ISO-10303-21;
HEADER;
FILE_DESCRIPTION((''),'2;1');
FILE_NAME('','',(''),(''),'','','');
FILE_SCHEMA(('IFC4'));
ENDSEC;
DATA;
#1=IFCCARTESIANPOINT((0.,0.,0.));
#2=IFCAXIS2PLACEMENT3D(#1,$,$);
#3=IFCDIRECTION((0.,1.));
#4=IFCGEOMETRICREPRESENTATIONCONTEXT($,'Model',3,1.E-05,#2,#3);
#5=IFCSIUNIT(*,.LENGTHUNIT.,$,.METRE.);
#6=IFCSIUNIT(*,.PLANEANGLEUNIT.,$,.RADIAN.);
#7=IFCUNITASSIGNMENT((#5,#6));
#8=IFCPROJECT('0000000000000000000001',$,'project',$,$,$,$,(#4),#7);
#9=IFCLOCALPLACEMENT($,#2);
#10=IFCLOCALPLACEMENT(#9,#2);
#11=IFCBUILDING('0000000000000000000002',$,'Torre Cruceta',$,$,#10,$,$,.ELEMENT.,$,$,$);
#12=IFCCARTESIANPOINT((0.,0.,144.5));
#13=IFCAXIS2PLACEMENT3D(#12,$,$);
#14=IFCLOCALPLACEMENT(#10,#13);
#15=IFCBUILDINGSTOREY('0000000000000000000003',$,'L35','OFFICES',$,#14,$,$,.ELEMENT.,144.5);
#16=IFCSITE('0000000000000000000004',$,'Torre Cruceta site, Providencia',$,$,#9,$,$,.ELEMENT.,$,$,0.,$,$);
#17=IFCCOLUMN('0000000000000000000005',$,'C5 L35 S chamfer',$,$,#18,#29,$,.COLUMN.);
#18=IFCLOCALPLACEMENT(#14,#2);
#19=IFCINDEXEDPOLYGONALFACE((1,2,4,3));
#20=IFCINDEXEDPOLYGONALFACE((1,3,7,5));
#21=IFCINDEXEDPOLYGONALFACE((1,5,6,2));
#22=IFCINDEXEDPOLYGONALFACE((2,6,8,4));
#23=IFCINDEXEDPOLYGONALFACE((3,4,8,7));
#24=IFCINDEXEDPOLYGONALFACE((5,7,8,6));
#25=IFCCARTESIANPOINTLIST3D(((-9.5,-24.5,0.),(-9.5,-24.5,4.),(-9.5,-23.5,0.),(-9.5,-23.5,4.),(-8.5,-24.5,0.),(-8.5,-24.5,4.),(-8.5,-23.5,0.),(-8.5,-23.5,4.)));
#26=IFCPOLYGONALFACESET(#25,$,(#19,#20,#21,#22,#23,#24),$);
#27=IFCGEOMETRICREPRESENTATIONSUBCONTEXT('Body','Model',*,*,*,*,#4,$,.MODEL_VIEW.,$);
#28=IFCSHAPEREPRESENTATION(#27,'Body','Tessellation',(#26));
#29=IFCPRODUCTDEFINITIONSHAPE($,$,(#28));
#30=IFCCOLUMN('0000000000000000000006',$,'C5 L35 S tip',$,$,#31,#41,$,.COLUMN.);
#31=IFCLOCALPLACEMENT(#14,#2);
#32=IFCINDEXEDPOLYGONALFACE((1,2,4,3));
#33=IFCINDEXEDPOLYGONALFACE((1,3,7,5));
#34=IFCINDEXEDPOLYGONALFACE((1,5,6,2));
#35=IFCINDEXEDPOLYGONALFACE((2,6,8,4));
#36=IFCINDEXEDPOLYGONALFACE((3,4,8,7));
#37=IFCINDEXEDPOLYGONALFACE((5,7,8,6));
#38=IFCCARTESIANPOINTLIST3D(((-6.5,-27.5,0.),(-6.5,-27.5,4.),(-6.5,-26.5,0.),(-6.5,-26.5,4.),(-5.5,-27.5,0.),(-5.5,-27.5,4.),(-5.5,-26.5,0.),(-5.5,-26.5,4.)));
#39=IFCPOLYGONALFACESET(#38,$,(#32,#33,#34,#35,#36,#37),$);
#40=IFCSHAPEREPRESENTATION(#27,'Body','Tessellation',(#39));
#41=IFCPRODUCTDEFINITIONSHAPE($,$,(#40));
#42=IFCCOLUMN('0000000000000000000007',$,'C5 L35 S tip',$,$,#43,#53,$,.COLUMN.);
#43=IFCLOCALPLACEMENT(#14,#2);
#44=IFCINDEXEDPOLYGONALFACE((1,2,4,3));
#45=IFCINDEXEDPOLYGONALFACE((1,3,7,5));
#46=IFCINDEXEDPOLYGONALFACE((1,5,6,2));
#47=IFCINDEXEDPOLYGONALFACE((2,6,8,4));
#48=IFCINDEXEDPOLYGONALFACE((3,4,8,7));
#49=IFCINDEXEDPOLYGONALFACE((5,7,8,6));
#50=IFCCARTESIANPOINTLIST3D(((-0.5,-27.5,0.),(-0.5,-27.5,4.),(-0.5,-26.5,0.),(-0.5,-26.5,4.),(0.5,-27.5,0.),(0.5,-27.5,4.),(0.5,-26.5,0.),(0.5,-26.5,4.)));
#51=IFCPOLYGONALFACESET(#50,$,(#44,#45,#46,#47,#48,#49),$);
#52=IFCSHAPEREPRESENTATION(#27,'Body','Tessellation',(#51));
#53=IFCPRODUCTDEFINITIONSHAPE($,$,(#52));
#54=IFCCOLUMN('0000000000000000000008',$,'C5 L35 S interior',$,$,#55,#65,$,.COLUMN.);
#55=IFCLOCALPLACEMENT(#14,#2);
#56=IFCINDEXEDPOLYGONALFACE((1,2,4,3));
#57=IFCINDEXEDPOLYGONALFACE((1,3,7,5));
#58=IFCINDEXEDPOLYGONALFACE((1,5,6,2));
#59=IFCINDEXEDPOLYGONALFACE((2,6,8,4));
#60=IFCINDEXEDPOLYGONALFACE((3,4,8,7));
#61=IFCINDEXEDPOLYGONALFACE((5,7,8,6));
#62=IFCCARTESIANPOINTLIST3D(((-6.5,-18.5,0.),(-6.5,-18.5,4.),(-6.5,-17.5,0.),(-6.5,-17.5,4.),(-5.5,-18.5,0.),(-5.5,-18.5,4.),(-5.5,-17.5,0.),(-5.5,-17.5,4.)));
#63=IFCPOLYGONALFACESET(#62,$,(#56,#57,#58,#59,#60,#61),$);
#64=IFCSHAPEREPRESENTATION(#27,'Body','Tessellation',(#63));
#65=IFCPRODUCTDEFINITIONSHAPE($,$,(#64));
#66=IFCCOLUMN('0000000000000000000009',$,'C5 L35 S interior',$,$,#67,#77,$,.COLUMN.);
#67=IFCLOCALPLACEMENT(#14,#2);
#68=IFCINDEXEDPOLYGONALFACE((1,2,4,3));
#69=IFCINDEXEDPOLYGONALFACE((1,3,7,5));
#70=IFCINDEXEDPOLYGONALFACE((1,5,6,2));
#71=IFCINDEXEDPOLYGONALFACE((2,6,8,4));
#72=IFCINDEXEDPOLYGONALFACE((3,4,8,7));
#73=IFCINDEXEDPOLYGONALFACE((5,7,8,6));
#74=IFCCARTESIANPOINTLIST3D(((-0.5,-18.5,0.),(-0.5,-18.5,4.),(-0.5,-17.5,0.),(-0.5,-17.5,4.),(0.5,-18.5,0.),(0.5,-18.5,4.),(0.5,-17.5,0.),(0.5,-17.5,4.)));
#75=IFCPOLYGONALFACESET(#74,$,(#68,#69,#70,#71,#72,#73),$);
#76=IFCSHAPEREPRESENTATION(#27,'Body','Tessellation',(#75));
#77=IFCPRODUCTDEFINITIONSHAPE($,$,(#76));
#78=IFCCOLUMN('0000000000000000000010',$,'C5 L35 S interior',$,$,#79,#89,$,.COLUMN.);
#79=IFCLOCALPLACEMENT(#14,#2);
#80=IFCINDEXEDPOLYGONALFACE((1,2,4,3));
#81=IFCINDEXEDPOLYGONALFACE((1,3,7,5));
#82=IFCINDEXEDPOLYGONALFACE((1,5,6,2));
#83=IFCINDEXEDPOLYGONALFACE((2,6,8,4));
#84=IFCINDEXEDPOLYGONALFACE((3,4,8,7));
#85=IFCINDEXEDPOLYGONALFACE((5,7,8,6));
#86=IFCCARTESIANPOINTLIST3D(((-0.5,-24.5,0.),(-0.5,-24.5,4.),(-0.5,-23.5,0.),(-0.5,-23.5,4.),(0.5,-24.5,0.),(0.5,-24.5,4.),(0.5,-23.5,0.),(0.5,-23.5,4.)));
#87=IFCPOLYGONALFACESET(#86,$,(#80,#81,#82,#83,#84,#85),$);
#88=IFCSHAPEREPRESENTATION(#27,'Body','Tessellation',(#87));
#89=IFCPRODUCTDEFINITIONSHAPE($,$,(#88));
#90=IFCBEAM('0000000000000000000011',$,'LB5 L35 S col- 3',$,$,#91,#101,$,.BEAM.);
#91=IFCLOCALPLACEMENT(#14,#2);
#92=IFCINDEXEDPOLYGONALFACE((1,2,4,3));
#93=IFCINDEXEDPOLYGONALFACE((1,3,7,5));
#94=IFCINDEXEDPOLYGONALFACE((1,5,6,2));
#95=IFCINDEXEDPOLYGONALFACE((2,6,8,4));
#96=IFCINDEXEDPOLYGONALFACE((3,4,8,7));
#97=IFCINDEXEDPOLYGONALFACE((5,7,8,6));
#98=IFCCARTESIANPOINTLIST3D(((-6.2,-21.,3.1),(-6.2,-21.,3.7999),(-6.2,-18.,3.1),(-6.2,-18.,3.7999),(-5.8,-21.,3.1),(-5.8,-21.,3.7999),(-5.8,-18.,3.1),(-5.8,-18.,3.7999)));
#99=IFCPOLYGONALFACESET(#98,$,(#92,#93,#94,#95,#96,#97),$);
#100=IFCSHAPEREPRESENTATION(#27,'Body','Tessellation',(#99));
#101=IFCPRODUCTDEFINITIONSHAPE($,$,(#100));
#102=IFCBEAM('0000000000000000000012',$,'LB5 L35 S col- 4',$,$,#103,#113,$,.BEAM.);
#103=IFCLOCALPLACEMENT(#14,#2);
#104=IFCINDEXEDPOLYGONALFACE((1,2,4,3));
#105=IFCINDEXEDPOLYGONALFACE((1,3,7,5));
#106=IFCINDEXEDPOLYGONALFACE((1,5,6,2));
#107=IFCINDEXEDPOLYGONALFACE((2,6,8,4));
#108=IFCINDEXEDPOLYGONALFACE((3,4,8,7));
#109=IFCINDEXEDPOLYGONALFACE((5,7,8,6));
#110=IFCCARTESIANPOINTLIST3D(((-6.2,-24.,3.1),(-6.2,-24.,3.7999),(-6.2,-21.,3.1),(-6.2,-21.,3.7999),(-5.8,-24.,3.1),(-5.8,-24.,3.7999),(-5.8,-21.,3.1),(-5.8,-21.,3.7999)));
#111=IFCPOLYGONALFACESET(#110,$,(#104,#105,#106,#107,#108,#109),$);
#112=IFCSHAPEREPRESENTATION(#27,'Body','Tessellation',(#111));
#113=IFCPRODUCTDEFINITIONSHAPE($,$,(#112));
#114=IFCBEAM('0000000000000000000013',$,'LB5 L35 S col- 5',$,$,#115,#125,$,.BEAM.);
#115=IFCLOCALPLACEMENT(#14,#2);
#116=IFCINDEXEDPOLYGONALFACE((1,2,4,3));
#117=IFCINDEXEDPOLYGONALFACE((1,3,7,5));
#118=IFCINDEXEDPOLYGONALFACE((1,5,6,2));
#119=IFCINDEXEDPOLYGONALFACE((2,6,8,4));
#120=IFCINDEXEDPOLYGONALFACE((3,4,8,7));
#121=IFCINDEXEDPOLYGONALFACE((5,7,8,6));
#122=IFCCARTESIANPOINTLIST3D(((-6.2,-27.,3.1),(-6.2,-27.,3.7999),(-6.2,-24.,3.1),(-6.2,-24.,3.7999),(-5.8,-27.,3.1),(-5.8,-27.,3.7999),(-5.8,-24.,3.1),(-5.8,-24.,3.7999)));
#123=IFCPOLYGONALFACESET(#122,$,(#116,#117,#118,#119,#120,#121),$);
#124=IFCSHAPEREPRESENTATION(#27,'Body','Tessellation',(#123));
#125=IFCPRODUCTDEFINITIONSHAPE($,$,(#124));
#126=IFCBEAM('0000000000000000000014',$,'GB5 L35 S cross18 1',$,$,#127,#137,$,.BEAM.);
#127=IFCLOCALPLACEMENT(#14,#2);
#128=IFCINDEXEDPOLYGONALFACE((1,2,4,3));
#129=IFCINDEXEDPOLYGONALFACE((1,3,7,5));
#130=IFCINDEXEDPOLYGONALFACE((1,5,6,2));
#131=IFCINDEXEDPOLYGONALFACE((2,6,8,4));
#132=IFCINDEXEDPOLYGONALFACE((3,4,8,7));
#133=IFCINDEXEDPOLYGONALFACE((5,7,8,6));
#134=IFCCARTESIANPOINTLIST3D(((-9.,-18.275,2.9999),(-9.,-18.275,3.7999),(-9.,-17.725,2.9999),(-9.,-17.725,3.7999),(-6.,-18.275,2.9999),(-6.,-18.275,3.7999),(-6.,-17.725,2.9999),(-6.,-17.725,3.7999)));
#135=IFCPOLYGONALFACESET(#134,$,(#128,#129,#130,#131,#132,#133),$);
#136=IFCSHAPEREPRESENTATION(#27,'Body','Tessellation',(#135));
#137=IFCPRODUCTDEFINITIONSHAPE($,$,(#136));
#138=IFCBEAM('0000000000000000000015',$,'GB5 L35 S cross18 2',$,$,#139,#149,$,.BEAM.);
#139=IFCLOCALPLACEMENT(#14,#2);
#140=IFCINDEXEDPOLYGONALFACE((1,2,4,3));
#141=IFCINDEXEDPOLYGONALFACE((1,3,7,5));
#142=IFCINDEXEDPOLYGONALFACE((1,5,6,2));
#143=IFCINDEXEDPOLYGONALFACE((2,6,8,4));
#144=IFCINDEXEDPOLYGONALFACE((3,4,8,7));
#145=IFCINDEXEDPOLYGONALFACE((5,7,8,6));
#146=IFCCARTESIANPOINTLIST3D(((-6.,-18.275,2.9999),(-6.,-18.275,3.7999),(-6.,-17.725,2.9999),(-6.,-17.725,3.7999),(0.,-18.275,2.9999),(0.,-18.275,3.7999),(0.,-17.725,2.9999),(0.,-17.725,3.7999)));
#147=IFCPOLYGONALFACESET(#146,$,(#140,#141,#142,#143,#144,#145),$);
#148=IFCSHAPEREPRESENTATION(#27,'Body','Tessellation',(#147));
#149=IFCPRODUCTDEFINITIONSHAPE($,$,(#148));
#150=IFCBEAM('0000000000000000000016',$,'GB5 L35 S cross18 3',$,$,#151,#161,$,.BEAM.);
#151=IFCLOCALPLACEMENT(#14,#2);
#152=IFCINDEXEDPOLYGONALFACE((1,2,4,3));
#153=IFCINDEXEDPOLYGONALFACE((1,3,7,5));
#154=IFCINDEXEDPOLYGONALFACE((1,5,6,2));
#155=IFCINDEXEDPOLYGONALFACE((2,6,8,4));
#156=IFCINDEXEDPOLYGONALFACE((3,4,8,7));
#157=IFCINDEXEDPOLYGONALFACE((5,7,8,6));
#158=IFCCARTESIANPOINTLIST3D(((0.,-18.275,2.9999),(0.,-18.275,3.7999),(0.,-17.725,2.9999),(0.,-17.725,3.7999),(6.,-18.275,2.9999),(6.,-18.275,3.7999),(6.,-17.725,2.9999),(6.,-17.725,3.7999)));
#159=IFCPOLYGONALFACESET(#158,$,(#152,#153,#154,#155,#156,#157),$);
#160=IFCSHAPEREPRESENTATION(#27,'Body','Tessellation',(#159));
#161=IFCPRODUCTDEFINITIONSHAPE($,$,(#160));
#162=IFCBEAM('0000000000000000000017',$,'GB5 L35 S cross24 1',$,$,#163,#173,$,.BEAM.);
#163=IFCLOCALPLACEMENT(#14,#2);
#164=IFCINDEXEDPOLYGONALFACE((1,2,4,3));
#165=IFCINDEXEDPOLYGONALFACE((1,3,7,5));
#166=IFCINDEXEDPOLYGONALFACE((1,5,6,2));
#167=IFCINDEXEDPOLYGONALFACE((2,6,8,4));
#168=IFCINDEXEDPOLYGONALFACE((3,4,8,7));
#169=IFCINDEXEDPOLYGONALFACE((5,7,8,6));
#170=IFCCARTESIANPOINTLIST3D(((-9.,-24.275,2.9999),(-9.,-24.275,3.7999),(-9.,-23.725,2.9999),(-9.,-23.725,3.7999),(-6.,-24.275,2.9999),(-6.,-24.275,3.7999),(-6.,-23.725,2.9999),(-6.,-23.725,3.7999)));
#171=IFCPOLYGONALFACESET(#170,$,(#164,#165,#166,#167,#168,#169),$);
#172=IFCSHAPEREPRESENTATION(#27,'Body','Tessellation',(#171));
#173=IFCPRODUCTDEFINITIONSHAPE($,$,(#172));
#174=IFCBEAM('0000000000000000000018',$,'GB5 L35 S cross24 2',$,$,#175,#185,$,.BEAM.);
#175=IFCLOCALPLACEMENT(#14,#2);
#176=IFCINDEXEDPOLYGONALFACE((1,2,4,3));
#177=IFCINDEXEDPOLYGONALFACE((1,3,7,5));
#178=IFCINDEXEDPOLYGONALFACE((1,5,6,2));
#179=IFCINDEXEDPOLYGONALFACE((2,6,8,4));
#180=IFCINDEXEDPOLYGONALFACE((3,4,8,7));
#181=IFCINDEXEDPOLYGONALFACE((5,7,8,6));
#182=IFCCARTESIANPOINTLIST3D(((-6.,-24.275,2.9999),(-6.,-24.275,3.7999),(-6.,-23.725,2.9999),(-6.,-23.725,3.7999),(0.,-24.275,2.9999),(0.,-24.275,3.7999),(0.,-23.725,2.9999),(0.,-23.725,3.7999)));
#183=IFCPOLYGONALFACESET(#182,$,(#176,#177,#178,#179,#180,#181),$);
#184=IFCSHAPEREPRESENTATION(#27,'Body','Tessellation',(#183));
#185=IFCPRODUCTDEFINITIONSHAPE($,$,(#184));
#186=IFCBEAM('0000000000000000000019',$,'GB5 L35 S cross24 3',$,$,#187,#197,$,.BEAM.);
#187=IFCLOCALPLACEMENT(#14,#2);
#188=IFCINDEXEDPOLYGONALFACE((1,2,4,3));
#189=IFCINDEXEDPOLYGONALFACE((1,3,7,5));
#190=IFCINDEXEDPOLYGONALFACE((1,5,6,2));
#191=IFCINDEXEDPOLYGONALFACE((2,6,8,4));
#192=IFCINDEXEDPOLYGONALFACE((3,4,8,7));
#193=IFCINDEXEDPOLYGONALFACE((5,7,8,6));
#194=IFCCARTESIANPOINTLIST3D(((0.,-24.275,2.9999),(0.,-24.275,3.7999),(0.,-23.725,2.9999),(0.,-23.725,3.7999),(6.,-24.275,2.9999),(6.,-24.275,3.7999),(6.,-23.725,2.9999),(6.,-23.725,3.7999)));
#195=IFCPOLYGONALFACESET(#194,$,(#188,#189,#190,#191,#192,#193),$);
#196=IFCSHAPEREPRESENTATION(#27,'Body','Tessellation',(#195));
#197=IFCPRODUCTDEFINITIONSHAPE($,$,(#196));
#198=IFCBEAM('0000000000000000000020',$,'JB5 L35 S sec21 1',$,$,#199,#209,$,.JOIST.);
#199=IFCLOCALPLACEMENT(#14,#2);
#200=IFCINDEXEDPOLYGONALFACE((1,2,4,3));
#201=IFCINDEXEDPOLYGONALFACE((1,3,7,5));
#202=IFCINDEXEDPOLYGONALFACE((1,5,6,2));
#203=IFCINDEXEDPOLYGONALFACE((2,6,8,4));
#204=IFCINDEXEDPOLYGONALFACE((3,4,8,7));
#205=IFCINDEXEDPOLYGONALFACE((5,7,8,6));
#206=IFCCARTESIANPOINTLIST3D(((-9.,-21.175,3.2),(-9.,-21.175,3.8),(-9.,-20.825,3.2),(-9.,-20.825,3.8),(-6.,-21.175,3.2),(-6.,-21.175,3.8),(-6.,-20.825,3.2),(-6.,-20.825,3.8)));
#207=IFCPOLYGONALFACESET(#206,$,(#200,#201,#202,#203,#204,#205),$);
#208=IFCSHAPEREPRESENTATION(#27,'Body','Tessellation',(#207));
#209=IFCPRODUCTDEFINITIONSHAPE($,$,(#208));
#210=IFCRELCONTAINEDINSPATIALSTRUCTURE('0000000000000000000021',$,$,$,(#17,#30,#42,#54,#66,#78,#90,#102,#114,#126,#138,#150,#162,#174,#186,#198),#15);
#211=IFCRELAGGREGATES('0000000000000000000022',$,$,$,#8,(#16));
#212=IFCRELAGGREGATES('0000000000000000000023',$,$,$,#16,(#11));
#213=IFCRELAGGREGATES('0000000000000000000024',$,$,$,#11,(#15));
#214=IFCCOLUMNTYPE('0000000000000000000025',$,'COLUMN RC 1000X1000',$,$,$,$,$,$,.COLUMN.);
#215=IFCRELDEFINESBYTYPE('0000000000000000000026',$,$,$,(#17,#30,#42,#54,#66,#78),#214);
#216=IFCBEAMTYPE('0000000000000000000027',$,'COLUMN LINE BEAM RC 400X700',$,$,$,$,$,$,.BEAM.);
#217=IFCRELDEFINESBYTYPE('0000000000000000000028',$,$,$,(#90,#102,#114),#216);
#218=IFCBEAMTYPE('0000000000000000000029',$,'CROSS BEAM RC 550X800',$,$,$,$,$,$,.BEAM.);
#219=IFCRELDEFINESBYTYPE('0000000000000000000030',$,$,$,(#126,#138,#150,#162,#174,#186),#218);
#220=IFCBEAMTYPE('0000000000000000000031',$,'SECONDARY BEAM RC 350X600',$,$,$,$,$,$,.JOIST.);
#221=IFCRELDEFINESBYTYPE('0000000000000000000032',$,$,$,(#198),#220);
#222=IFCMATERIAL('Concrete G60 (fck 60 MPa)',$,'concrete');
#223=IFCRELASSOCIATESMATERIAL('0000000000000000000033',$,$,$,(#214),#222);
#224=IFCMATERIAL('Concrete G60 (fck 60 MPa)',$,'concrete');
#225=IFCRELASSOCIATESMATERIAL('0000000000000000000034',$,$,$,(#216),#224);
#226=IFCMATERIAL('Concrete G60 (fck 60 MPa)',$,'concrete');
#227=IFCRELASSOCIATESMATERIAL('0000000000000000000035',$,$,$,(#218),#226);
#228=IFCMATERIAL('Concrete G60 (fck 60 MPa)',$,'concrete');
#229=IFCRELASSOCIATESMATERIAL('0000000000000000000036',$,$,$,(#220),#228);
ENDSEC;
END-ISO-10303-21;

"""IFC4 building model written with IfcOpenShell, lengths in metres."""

from ifc_helpers import new_model, si_unit, direction, frame, origin, origin_2d, place, context, subcontext, project, spatial, rectangle, extrude, material, material_profile, profile_set, type_object, element, save


model = new_model("IFC4")

# Units and contexts
model_context = context("Model", 3, precision=1e-05, world=origin(), true_north=direction((0.0, 1.0)))
body_context = subcontext(model_context, "Body", "Model", "MODEL_VIEW")
ifc_project = project(units=[si_unit("LENGTHUNIT", "METRE"), si_unit("PLANEANGLEUNIT", "RADIAN")], contexts=[model_context])

# Site, building, storey
site_placement = place(None, origin())
site = spatial("IfcSite", under=ifc_project, at=site_placement, Name="Torre Cruceta site, Providencia", CompositionType="ELEMENT", RefElevation=0.0)
building_placement = place(site_placement, origin())
building = spatial("IfcBuilding", under=site, at=building_placement, Name="Torre Cruceta", CompositionType="ELEMENT")
storey_placement = place(building_placement, frame((0.0, 0.0, 144.5)))
storey = spatial("IfcBuildingStorey", under=building, at=storey_placement, Name="L35", Description="OFFICES", CompositionType="ELEMENT", Elevation=144.5)

# Columns
ifc_material_1 = material(Name="Concrete G60 (fck 60 MPa)", Category="concrete")
ifc_material_profile_1 = material_profile(ifc_material_1, rectangle(XDim=1.0, YDim=1.0, at=origin_2d()), Name="RC 1000X1000")
ifc_profile_set_1 = profile_set([ifc_material_profile_1], Name="Concrete G60 (fck 60 MPa)")
column_type = type_object("IfcColumnType", Name="COLUMN RC 1000X1000", PredefinedType="COLUMN", material=ifc_profile_set_1)
for number, where, z_axis, x_axis, name in (
    (1, (-9.0, -24.0, 0.0), (0.0, 0.0, 1.0), (1.0, 0.0, 0.0), "C5 L35 S chamfer"),
    (2, (-6.0, -27.0, 0.0), (0.0, 0.0, 1.0), (1.0, 0.0, 0.0), "C5 L35 S tip"),
    (3, (0.0, -27.0, 0.0), (0.0, 0.0, 1.0), (1.0, 0.0, 0.0), "C5 L35 S tip"),
    (4, (-6.0, -18.0, 0.0), (0.0, 0.0, 1.0), (1.0, 0.0, 0.0), "C5 L35 S interior"),
    (5, (0.0, -18.0, 0.0), (0.0, 0.0, 1.0), (1.0, 0.0, 0.0), "C5 L35 S interior"),
    (6, (0.0, -24.0, 0.0), (0.0, 0.0, 1.0), (1.0, 0.0, 0.0), "C5 L35 S interior"),
):
    element("IfcColumn", number, at=place(storey_placement, frame(where, z_axis=z_axis, x_axis=x_axis)), inside=storey, type_object=column_type, Name=name, PredefinedType="COLUMN", context=body_context, shape_type="SweptSolid", body=[
        extrude(rectangle(XDim=1.0, YDim=1.0, at=origin_2d()), origin(), (0.0, 0.0, 1.0), 4.0),
    ])

# Beams
ifc_material_2 = material(Name="Concrete G60 (fck 60 MPa)", Category="concrete")
ifc_material_profile_2 = material_profile(ifc_material_2, rectangle(XDim=0.3999, YDim=0.7, at=origin_2d()), Name="RC 400X700")
ifc_profile_set_2 = profile_set([ifc_material_profile_2], Name="Concrete G60 (fck 60 MPa)")
beam_type_1 = type_object("IfcBeamType", Name="COLUMN LINE BEAM RC 400X700", PredefinedType="BEAM", material=ifc_profile_set_2)
for number, where, z_axis, x_axis, name in (
    (7, (-6.0, -18.0, 3.45), (0.0, -1.0, 0.0), (1.0, 0.0, 0.0), "LB5 L35 S col- 3"),
    (8, (-6.0, -21.0, 3.45), (0.0, -1.0, 0.0), (1.0, 0.0, 0.0), "LB5 L35 S col- 4"),
    (9, (-6.0, -24.0, 3.45), (0.0, -1.0, 0.0), (1.0, 0.0, 0.0), "LB5 L35 S col- 5"),
):
    element("IfcBeam", number, at=place(storey_placement, frame(where, z_axis=z_axis, x_axis=x_axis)), inside=storey, type_object=beam_type_1, Name=name, PredefinedType="BEAM", context=body_context, shape_type="SweptSolid", body=[
        extrude(rectangle(XDim=0.3999, YDim=0.7, at=origin_2d()), origin(), (0.0, 0.0, 1.0), 3.0),
    ])
ifc_material_3 = material(Name="Concrete G60 (fck 60 MPa)", Category="concrete")
ifc_material_profile_3 = material_profile(ifc_material_3, rectangle(XDim=0.55, YDim=0.8, at=origin_2d()), Name="RC 550X800")
ifc_profile_set_3 = profile_set([ifc_material_profile_3], Name="Concrete G60 (fck 60 MPa)")
beam_type_2 = type_object("IfcBeamType", Name="CROSS BEAM RC 550X800", PredefinedType="BEAM", material=ifc_profile_set_3)
beam_1_placement = place(storey_placement, frame((-9.0, -18.0, 3.3999), z_axis=(1.0, 0.0, 0.0), x_axis=(0.0, 1.0, 0.0)))
element("IfcBeam", 10, at=beam_1_placement, inside=storey, type_object=beam_type_2, Name="GB5 L35 S cross18 1", PredefinedType="BEAM", context=body_context, shape_type="SweptSolid", body=[
    extrude(rectangle(XDim=0.55, YDim=0.8, at=origin_2d()), origin(), (0.0, 0.0, 1.0), 3.0),
])
for number, where, z_axis, x_axis, name in (
    (11, (-6.0, -18.0, 3.3999), (1.0, 0.0, 0.0), (0.0, 1.0, 0.0), "GB5 L35 S cross18 2"),
    (12, (0.0, -18.0, 3.3999), (1.0, 0.0, 0.0), (0.0, 1.0, 0.0), "GB5 L35 S cross18 3"),
):
    element("IfcBeam", number, at=place(storey_placement, frame(where, z_axis=z_axis, x_axis=x_axis)), inside=storey, type_object=beam_type_2, Name=name, PredefinedType="BEAM", context=body_context, shape_type="SweptSolid", body=[
        extrude(rectangle(XDim=0.55, YDim=0.8, at=origin_2d()), origin(), (0.0, 0.0, 1.0), 6.0),
    ])
beam_2_placement = place(storey_placement, frame((-9.0, -24.0, 3.3999), z_axis=(1.0, 0.0, 0.0), x_axis=(0.0, 1.0, 0.0)))
element("IfcBeam", 13, at=beam_2_placement, inside=storey, type_object=beam_type_2, Name="GB5 L35 S cross24 1", PredefinedType="BEAM", context=body_context, shape_type="SweptSolid", body=[
    extrude(rectangle(XDim=0.55, YDim=0.8, at=origin_2d()), origin(), (0.0, 0.0, 1.0), 3.0),
])
for number, where, z_axis, x_axis, name in (
    (14, (-6.0, -24.0, 3.3999), (1.0, 0.0, 0.0), (0.0, 1.0, 0.0), "GB5 L35 S cross24 2"),
    (15, (0.0, -24.0, 3.3999), (1.0, 0.0, 0.0), (0.0, 1.0, 0.0), "GB5 L35 S cross24 3"),
):
    element("IfcBeam", number, at=place(storey_placement, frame(where, z_axis=z_axis, x_axis=x_axis)), inside=storey, type_object=beam_type_2, Name=name, PredefinedType="BEAM", context=body_context, shape_type="SweptSolid", body=[
        extrude(rectangle(XDim=0.55, YDim=0.8, at=origin_2d()), origin(), (0.0, 0.0, 1.0), 6.0),
    ])
ifc_material_4 = material(Name="Concrete G60 (fck 60 MPa)", Category="concrete")
ifc_material_profile_4 = material_profile(ifc_material_4, rectangle(XDim=0.3501, YDim=0.6001, at=origin_2d()), Name="RC 350X600")
ifc_profile_set_4 = profile_set([ifc_material_profile_4], Name="Concrete G60 (fck 60 MPa)")
beam_type_3 = type_object("IfcBeamType", Name="SECONDARY BEAM RC 350X600", PredefinedType="JOIST", material=ifc_profile_set_4)
beam_3_placement = place(storey_placement, frame((-9.0, -21.0, 3.5), z_axis=(1.0, 0.0, 0.0), x_axis=(0.0, 1.0, 0.0)))
element("IfcBeam", 16, at=beam_3_placement, inside=storey, type_object=beam_type_3, Name="JB5 L35 S sec21 1", PredefinedType="JOIST", context=body_context, shape_type="SweptSolid", body=[
    extrude(rectangle(XDim=0.3501, YDim=0.6001, at=origin_2d()), origin(), (0.0, 0.0, 1.0), 3.0),
])

save(model, "model.ifc")
